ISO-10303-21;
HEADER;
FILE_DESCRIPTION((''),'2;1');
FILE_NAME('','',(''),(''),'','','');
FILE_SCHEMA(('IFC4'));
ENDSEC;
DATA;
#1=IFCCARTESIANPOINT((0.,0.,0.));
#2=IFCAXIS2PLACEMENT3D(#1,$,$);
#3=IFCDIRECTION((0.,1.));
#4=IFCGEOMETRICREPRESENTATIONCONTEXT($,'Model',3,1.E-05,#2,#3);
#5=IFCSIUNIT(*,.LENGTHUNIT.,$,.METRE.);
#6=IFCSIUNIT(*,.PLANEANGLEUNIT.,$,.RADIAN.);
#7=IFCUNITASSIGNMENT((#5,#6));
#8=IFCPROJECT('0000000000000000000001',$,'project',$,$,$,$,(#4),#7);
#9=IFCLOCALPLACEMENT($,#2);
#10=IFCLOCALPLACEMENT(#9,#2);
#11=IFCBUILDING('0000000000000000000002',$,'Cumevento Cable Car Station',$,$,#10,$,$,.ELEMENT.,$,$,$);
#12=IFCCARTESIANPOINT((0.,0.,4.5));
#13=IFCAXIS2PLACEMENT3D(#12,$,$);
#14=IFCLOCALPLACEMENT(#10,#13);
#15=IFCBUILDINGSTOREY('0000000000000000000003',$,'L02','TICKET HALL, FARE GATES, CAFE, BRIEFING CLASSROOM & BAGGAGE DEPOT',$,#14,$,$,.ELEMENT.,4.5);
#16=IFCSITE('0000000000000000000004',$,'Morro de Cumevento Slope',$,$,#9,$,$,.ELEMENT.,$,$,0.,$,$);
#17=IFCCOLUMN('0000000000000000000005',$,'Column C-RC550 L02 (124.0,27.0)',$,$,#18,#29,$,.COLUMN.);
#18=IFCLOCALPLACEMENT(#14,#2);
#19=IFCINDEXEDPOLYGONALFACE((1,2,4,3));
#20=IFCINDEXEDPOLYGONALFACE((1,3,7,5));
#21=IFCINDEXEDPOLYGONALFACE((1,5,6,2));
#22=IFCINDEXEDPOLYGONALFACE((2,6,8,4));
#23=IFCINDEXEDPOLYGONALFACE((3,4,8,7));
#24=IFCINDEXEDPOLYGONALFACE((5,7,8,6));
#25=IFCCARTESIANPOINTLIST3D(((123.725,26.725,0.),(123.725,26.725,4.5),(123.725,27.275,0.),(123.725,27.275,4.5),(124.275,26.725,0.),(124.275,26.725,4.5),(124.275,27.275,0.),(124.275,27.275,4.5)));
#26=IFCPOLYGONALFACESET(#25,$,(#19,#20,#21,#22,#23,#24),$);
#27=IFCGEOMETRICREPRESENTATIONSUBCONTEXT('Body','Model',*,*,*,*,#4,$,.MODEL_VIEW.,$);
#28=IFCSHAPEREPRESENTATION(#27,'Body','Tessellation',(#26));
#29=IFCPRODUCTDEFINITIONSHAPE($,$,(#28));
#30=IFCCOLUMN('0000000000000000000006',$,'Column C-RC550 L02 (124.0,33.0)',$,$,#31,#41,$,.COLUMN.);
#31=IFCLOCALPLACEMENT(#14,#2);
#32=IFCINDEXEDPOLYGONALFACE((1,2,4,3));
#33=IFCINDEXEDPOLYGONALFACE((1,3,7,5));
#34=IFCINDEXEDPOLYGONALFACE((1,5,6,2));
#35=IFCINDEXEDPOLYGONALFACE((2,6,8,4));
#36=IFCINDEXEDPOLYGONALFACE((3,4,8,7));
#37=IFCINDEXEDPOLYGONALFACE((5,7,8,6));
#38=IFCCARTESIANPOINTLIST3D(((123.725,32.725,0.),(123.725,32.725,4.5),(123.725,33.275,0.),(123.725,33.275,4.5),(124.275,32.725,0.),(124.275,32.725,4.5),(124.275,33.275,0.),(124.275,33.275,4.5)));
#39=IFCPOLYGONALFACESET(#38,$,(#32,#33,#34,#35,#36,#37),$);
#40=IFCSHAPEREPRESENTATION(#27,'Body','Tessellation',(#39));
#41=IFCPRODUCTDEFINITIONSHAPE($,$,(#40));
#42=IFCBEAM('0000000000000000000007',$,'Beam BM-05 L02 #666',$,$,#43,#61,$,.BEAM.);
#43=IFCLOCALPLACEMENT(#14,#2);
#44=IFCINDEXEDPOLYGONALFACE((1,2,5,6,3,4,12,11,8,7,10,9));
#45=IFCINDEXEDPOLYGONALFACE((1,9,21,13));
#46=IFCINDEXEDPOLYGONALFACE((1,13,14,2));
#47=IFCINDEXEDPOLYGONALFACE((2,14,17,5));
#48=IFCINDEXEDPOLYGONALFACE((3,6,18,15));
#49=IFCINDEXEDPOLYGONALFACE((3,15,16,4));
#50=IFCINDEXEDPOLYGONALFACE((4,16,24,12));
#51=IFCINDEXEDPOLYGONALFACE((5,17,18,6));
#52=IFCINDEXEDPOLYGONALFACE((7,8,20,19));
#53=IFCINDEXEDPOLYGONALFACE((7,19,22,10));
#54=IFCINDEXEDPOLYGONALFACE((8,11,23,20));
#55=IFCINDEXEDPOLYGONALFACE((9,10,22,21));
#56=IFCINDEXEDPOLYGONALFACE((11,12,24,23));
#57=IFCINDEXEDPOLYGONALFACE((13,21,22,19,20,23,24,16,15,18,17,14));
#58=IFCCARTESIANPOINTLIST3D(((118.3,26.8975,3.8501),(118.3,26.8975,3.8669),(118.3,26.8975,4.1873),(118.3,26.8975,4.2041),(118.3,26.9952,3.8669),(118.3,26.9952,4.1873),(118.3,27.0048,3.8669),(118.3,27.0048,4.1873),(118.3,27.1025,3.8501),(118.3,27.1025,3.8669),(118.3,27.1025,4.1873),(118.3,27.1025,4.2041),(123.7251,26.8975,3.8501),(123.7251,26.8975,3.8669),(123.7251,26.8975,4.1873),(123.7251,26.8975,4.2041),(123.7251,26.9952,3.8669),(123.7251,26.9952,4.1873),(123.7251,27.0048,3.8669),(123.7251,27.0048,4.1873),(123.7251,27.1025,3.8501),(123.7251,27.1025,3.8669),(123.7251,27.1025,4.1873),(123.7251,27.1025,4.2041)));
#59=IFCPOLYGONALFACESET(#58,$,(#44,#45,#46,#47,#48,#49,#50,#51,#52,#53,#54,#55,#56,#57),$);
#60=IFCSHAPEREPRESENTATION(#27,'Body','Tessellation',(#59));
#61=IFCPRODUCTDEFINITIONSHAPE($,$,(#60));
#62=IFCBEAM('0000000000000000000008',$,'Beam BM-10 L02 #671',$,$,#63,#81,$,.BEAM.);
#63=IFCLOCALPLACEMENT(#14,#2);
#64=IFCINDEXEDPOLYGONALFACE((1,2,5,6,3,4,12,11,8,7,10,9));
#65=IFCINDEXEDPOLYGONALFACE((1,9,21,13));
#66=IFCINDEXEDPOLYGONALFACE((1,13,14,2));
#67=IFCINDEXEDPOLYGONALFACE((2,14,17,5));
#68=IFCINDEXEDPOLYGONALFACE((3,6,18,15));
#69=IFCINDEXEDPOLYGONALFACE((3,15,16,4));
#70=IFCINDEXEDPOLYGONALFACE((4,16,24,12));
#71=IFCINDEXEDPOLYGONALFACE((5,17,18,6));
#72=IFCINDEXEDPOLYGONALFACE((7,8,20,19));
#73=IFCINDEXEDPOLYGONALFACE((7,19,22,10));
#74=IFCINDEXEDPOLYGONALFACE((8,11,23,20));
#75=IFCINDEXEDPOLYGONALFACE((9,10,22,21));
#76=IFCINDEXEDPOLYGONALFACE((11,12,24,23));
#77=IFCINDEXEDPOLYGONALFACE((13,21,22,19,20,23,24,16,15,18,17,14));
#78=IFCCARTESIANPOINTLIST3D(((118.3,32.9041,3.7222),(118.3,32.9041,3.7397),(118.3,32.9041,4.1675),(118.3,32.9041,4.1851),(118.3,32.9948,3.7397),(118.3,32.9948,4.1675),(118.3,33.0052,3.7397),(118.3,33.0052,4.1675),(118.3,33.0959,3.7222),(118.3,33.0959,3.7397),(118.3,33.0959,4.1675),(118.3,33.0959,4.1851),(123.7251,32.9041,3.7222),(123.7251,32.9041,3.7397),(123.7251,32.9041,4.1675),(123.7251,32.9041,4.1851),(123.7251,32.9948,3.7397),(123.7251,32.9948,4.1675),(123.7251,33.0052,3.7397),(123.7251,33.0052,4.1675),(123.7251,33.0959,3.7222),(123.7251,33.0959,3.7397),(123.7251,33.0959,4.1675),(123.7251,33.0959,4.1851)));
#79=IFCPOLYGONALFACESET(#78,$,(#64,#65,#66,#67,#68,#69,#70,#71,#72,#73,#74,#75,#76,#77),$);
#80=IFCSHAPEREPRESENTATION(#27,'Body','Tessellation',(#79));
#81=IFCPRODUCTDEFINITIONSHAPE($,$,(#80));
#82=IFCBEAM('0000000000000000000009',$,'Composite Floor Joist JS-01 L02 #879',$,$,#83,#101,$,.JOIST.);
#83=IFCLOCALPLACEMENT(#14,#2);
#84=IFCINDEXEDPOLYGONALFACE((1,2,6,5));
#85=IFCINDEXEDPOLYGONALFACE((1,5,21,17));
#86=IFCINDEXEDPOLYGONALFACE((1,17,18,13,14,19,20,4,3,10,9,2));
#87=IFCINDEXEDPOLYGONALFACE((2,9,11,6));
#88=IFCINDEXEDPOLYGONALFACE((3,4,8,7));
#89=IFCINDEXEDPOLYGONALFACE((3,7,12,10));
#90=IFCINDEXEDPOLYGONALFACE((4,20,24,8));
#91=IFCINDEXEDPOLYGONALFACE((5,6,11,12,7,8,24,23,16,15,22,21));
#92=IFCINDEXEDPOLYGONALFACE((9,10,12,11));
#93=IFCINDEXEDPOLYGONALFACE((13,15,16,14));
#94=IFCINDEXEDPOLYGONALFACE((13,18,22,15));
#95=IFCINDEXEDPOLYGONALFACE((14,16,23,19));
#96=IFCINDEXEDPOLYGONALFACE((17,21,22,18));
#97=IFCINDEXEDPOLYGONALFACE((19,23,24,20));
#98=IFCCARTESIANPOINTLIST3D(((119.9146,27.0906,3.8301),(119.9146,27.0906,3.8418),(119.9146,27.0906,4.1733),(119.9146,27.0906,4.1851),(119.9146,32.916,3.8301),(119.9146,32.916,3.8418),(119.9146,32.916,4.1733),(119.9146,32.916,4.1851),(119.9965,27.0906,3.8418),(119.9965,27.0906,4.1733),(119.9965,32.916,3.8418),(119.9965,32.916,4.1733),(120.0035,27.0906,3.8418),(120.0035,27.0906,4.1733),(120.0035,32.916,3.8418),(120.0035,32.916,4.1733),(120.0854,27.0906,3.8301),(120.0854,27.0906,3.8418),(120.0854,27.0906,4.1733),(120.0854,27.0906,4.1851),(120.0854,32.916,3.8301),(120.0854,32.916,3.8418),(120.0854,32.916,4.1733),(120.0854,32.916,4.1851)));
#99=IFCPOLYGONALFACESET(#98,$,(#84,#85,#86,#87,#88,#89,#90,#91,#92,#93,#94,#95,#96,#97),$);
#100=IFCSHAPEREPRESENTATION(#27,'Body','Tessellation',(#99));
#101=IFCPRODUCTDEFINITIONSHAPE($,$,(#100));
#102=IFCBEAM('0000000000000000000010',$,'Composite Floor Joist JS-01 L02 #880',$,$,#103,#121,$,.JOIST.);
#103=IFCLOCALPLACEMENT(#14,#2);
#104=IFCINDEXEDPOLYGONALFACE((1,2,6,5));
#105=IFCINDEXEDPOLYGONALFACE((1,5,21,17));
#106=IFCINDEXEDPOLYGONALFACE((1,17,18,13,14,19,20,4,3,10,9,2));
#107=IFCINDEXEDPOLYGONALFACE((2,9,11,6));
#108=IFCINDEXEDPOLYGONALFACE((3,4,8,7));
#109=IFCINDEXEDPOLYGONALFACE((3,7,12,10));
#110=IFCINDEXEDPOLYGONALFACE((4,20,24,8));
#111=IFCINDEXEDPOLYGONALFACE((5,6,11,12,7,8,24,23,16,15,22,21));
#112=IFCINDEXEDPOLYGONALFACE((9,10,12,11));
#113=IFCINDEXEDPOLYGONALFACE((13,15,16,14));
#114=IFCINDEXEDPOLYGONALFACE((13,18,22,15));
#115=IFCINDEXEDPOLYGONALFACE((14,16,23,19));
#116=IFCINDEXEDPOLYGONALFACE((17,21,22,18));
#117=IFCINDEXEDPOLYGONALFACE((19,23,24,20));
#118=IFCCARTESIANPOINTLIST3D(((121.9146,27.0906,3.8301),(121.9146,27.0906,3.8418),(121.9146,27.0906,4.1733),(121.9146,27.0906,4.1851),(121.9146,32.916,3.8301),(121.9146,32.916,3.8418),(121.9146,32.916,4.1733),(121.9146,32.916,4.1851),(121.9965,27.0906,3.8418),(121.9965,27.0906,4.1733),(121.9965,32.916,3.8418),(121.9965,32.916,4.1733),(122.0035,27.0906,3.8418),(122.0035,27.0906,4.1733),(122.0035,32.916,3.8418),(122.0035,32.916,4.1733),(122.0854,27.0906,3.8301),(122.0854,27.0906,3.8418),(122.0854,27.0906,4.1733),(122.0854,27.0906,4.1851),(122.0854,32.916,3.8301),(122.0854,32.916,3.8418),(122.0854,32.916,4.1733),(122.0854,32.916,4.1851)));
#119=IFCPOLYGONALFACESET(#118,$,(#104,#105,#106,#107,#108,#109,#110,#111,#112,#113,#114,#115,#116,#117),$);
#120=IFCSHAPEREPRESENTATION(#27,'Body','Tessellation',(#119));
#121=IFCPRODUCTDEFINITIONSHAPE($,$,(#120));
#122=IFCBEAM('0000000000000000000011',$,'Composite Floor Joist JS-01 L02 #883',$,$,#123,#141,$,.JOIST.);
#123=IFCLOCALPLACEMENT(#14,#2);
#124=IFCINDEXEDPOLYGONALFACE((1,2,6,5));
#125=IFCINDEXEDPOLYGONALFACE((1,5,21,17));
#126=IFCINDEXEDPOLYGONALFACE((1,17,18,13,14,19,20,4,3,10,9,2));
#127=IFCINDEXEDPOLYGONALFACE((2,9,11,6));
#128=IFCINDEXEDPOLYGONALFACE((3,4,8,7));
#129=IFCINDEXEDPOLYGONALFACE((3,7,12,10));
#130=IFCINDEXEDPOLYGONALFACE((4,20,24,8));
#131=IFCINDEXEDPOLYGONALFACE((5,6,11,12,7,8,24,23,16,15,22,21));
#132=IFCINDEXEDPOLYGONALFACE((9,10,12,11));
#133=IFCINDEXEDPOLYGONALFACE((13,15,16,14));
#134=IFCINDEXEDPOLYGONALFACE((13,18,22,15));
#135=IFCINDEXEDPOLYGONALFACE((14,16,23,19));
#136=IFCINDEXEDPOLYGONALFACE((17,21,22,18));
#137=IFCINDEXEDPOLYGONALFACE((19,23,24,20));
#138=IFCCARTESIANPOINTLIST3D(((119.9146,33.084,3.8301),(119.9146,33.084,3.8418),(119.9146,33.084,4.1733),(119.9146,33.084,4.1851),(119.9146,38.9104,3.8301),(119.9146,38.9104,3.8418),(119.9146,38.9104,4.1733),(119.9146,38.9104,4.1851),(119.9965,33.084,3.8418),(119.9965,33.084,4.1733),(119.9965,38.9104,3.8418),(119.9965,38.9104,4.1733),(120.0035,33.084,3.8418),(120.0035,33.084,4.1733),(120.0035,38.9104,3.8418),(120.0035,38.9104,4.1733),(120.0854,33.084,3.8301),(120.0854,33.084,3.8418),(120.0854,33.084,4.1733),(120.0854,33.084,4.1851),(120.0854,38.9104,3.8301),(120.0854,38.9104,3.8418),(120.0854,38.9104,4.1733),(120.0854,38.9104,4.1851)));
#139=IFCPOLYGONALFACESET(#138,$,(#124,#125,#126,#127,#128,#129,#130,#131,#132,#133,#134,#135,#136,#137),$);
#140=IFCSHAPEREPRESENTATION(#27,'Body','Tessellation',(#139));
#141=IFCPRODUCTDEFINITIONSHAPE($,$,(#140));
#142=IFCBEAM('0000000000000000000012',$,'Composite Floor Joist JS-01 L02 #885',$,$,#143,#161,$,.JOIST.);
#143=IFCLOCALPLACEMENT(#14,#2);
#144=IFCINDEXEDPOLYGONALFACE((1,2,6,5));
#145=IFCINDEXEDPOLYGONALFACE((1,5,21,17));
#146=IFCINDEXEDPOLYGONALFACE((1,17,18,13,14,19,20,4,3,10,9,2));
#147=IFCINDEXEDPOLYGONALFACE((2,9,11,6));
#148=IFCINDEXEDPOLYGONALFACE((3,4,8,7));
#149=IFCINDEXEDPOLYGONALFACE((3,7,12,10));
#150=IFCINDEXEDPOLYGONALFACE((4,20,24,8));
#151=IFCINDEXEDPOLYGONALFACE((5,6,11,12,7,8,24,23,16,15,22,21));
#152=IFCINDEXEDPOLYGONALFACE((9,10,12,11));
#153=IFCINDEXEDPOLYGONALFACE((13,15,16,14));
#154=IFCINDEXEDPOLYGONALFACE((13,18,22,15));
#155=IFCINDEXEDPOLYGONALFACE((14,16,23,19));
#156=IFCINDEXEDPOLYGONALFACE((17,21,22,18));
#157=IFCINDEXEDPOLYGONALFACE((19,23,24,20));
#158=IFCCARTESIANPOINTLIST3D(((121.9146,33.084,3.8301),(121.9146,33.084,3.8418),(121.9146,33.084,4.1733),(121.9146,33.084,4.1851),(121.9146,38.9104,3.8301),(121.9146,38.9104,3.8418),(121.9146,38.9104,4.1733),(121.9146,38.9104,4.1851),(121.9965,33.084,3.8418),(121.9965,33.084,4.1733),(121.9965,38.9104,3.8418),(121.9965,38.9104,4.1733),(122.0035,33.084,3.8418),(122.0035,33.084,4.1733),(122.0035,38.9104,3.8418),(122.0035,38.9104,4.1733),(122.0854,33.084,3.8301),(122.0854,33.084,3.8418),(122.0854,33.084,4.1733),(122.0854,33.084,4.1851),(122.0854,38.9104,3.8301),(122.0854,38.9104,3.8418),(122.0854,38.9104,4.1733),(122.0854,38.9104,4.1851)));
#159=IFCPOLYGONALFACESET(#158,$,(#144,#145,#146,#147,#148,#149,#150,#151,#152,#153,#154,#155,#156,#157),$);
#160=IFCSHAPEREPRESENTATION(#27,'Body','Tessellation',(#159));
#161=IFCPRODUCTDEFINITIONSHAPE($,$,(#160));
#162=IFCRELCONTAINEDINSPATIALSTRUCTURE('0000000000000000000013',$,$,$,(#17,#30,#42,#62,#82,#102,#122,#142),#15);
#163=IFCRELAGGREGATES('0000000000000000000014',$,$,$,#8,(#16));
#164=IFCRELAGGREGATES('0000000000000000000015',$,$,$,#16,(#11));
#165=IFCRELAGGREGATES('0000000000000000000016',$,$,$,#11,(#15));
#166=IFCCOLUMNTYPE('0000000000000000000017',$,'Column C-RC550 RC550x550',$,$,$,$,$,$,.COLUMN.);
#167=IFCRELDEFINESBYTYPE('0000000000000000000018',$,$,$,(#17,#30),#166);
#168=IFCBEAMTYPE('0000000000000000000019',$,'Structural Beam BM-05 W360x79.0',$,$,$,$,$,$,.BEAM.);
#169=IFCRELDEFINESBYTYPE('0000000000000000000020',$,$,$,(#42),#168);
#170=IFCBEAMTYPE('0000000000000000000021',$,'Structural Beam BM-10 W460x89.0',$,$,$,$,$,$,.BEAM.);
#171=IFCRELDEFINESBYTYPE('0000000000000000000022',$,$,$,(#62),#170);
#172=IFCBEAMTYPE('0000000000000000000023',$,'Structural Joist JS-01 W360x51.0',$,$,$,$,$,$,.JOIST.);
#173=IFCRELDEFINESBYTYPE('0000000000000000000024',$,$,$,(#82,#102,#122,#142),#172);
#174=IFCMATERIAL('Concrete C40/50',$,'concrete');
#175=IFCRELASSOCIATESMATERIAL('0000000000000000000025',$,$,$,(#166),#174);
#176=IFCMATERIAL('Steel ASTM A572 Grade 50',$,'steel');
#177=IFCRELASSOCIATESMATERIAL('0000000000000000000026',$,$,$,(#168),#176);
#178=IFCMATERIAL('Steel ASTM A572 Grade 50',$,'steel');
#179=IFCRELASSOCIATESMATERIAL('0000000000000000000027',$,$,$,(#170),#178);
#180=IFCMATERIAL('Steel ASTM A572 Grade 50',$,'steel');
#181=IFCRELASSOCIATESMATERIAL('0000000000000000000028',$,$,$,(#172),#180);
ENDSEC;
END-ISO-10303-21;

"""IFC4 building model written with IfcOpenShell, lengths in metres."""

from ifc_helpers import new_model, si_unit, direction, frame, origin, origin_2d, place, context, subcontext, project, spatial, rectangle, i_section, extrude, material, material_profile, profile_set, type_object, element, save


model = new_model("IFC4")

# Units and contexts
model_context = context("Model", 3, precision=1e-05, world=origin(), true_north=direction((0.0, 1.0)))
body_context = subcontext(model_context, "Body", "Model", "MODEL_VIEW")
ifc_project = project(units=[si_unit("LENGTHUNIT", "METRE"), si_unit("PLANEANGLEUNIT", "RADIAN")], contexts=[model_context])

# Site, building, storey
site_placement = place(None, origin())
site = spatial("IfcSite", under=ifc_project, at=site_placement, Name="Morro de Cumevento Slope", CompositionType="ELEMENT", RefElevation=0.0)
building_placement = place(site_placement, origin())
building = spatial("IfcBuilding", under=site, at=building_placement, Name="Cumevento Cable Car Station", CompositionType="ELEMENT")
storey_placement = place(building_placement, frame((0.0, 0.0, 4.5)))
storey = spatial("IfcBuildingStorey", under=building, at=storey_placement, Name="L02", Description="TICKET HALL, FARE GATES, CAFE, BRIEFING CLASSROOM & BAGGAGE DEPOT", CompositionType="ELEMENT", Elevation=4.5)

# Columns
ifc_material_1 = material(Name="Concrete C40/50", Category="concrete")
ifc_material_profile_1 = material_profile(ifc_material_1, rectangle(XDim=0.55, YDim=0.55, at=origin_2d()), Name="RC550x550")
ifc_profile_set_1 = profile_set([ifc_material_profile_1], Name="Concrete C40/50")
column_type = type_object("IfcColumnType", Name="Column C-RC550 RC550x550", PredefinedType="COLUMN", material=ifc_profile_set_1)
for number, where, z_axis, x_axis, name in (
    (1, (124.0, 27.0, 0.0), (0.0, 0.0, 1.0), (1.0, 0.0, 0.0), "Column C-RC550 L02 (124.0,27.0)"),
    (2, (124.0, 33.0, 0.0), (0.0, 0.0, 1.0), (1.0, 0.0, 0.0), "Column C-RC550 L02 (124.0,33.0)"),
):
    element("IfcColumn", number, at=place(storey_placement, frame(where, z_axis=z_axis, x_axis=x_axis)), inside=storey, type_object=column_type, Name=name, PredefinedType="COLUMN", context=body_context, shape_type="SweptSolid", body=[
        extrude(rectangle(XDim=0.55, YDim=0.55, at=origin_2d()), origin(), (0.0, 0.0, 1.0), 4.5),
    ])

# Beams
ifc_material_2 = material(Name="Steel ASTM A572 Grade 50", Category="steel")
ifc_material_profile_2 = material_profile(ifc_material_2, i_section(OverallWidth=0.2051, OverallDepth=0.354, WebThickness=0.0095, FlangeThickness=0.0168, at=origin_2d()), Name="W360x79.0")
ifc_profile_set_2 = profile_set([ifc_material_profile_2], Name="Steel ASTM A572 Grade 50")
beam_type_1 = type_object("IfcBeamType", Name="Structural Beam BM-05 W360x79.0", PredefinedType="BEAM", material=ifc_profile_set_2)
beam_1_placement = place(storey_placement, frame((118.3, 27.0, 4.0271), z_axis=(1.0, 0.0, 0.0), x_axis=(0.0, 1.0, 0.0)))
element("IfcBeam", 3, at=beam_1_placement, inside=storey, type_object=beam_type_1, Name="Beam BM-05 L02 #666", PredefinedType="BEAM", context=body_context, shape_type="SweptSolid", body=[
    extrude(i_section(OverallWidth=0.2051, OverallDepth=0.354, WebThickness=0.0095, FlangeThickness=0.0168, at=origin_2d()), origin(), (0.0, 0.0, 1.0), 5.425),
])
ifc_material_3 = material(Name="Steel ASTM A572 Grade 50", Category="steel")
ifc_material_profile_3 = material_profile(ifc_material_3, i_section(OverallWidth=0.1919, OverallDepth=0.4629, WebThickness=0.0105, FlangeThickness=0.0176, at=origin_2d()), Name="W460x89.0")
ifc_profile_set_3 = profile_set([ifc_material_profile_3], Name="Steel ASTM A572 Grade 50")
beam_type_2 = type_object("IfcBeamType", Name="Structural Beam BM-10 W460x89.0", PredefinedType="BEAM", material=ifc_profile_set_3)
beam_2_placement = place(storey_placement, frame((118.3, 33.0, 3.9536), z_axis=(1.0, 0.0, 0.0), x_axis=(0.0, 1.0, 0.0)))
element("IfcBeam", 4, at=beam_2_placement, inside=storey, type_object=beam_type_2, Name="Beam BM-10 L02 #671", PredefinedType="BEAM", context=body_context, shape_type="SweptSolid", body=[
    extrude(i_section(OverallWidth=0.1919, OverallDepth=0.4629, WebThickness=0.0105, FlangeThickness=0.0176, at=origin_2d()), origin(), (0.0, 0.0, 1.0), 5.425),
])
ifc_material_4 = material(Name="Steel ASTM A572 Grade 50", Category="steel")
ifc_material_profile_4 = material_profile(ifc_material_4, i_section(OverallWidth=0.1709, OverallDepth=0.355, WebThickness=0.0071, FlangeThickness=0.0117, at=origin_2d()), Name="W360x51.0")
ifc_profile_set_4 = profile_set([ifc_material_profile_4], Name="Steel ASTM A572 Grade 50")
beam_type_3 = type_object("IfcBeamType", Name="Structural Joist JS-01 W360x51.0", PredefinedType="JOIST", material=ifc_profile_set_4)
for number, where, z_axis, x_axis, name in (
    (5, (120.0, 27.0906, 4.0076), (0.0, 1.0, 0.0), (-1.0, 0.0, 0.0), "Composite Floor Joist JS-01 L02 #879"),
    (6, (122.0, 27.0906, 4.0076), (0.0, 1.0, 0.0), (-1.0, 0.0, 0.0), "Composite Floor Joist JS-01 L02 #880"),
):
    element("IfcBeam", number, at=place(storey_placement, frame(where, z_axis=z_axis, x_axis=x_axis)), inside=storey, type_object=beam_type_3, Name=name, PredefinedType="JOIST", context=body_context, shape_type="SweptSolid", body=[
        extrude(i_section(OverallWidth=0.1709, OverallDepth=0.355, WebThickness=0.0071, FlangeThickness=0.0117, at=origin_2d()), origin(), (0.0, 0.0, 1.0), 5.8254),
    ])
for number, where, z_axis, x_axis, name in (
    (7, (120.0, 33.084, 4.0076), (0.0, 1.0, 0.0), (-1.0, 0.0, 0.0), "Composite Floor Joist JS-01 L02 #883"),
    (8, (122.0, 33.084, 4.0076), (0.0, 1.0, 0.0), (-1.0, 0.0, 0.0), "Composite Floor Joist JS-01 L02 #885"),
):
    element("IfcBeam", number, at=place(storey_placement, frame(where, z_axis=z_axis, x_axis=x_axis)), inside=storey, type_object=beam_type_3, Name=name, PredefinedType="JOIST", context=body_context, shape_type="SweptSolid", body=[
        extrude(i_section(OverallWidth=0.1709, OverallDepth=0.355, WebThickness=0.0071, FlangeThickness=0.0117, at=origin_2d()), origin(), (0.0, 0.0, 1.0), 5.8264),
    ])

save(model, "model.ifc")
